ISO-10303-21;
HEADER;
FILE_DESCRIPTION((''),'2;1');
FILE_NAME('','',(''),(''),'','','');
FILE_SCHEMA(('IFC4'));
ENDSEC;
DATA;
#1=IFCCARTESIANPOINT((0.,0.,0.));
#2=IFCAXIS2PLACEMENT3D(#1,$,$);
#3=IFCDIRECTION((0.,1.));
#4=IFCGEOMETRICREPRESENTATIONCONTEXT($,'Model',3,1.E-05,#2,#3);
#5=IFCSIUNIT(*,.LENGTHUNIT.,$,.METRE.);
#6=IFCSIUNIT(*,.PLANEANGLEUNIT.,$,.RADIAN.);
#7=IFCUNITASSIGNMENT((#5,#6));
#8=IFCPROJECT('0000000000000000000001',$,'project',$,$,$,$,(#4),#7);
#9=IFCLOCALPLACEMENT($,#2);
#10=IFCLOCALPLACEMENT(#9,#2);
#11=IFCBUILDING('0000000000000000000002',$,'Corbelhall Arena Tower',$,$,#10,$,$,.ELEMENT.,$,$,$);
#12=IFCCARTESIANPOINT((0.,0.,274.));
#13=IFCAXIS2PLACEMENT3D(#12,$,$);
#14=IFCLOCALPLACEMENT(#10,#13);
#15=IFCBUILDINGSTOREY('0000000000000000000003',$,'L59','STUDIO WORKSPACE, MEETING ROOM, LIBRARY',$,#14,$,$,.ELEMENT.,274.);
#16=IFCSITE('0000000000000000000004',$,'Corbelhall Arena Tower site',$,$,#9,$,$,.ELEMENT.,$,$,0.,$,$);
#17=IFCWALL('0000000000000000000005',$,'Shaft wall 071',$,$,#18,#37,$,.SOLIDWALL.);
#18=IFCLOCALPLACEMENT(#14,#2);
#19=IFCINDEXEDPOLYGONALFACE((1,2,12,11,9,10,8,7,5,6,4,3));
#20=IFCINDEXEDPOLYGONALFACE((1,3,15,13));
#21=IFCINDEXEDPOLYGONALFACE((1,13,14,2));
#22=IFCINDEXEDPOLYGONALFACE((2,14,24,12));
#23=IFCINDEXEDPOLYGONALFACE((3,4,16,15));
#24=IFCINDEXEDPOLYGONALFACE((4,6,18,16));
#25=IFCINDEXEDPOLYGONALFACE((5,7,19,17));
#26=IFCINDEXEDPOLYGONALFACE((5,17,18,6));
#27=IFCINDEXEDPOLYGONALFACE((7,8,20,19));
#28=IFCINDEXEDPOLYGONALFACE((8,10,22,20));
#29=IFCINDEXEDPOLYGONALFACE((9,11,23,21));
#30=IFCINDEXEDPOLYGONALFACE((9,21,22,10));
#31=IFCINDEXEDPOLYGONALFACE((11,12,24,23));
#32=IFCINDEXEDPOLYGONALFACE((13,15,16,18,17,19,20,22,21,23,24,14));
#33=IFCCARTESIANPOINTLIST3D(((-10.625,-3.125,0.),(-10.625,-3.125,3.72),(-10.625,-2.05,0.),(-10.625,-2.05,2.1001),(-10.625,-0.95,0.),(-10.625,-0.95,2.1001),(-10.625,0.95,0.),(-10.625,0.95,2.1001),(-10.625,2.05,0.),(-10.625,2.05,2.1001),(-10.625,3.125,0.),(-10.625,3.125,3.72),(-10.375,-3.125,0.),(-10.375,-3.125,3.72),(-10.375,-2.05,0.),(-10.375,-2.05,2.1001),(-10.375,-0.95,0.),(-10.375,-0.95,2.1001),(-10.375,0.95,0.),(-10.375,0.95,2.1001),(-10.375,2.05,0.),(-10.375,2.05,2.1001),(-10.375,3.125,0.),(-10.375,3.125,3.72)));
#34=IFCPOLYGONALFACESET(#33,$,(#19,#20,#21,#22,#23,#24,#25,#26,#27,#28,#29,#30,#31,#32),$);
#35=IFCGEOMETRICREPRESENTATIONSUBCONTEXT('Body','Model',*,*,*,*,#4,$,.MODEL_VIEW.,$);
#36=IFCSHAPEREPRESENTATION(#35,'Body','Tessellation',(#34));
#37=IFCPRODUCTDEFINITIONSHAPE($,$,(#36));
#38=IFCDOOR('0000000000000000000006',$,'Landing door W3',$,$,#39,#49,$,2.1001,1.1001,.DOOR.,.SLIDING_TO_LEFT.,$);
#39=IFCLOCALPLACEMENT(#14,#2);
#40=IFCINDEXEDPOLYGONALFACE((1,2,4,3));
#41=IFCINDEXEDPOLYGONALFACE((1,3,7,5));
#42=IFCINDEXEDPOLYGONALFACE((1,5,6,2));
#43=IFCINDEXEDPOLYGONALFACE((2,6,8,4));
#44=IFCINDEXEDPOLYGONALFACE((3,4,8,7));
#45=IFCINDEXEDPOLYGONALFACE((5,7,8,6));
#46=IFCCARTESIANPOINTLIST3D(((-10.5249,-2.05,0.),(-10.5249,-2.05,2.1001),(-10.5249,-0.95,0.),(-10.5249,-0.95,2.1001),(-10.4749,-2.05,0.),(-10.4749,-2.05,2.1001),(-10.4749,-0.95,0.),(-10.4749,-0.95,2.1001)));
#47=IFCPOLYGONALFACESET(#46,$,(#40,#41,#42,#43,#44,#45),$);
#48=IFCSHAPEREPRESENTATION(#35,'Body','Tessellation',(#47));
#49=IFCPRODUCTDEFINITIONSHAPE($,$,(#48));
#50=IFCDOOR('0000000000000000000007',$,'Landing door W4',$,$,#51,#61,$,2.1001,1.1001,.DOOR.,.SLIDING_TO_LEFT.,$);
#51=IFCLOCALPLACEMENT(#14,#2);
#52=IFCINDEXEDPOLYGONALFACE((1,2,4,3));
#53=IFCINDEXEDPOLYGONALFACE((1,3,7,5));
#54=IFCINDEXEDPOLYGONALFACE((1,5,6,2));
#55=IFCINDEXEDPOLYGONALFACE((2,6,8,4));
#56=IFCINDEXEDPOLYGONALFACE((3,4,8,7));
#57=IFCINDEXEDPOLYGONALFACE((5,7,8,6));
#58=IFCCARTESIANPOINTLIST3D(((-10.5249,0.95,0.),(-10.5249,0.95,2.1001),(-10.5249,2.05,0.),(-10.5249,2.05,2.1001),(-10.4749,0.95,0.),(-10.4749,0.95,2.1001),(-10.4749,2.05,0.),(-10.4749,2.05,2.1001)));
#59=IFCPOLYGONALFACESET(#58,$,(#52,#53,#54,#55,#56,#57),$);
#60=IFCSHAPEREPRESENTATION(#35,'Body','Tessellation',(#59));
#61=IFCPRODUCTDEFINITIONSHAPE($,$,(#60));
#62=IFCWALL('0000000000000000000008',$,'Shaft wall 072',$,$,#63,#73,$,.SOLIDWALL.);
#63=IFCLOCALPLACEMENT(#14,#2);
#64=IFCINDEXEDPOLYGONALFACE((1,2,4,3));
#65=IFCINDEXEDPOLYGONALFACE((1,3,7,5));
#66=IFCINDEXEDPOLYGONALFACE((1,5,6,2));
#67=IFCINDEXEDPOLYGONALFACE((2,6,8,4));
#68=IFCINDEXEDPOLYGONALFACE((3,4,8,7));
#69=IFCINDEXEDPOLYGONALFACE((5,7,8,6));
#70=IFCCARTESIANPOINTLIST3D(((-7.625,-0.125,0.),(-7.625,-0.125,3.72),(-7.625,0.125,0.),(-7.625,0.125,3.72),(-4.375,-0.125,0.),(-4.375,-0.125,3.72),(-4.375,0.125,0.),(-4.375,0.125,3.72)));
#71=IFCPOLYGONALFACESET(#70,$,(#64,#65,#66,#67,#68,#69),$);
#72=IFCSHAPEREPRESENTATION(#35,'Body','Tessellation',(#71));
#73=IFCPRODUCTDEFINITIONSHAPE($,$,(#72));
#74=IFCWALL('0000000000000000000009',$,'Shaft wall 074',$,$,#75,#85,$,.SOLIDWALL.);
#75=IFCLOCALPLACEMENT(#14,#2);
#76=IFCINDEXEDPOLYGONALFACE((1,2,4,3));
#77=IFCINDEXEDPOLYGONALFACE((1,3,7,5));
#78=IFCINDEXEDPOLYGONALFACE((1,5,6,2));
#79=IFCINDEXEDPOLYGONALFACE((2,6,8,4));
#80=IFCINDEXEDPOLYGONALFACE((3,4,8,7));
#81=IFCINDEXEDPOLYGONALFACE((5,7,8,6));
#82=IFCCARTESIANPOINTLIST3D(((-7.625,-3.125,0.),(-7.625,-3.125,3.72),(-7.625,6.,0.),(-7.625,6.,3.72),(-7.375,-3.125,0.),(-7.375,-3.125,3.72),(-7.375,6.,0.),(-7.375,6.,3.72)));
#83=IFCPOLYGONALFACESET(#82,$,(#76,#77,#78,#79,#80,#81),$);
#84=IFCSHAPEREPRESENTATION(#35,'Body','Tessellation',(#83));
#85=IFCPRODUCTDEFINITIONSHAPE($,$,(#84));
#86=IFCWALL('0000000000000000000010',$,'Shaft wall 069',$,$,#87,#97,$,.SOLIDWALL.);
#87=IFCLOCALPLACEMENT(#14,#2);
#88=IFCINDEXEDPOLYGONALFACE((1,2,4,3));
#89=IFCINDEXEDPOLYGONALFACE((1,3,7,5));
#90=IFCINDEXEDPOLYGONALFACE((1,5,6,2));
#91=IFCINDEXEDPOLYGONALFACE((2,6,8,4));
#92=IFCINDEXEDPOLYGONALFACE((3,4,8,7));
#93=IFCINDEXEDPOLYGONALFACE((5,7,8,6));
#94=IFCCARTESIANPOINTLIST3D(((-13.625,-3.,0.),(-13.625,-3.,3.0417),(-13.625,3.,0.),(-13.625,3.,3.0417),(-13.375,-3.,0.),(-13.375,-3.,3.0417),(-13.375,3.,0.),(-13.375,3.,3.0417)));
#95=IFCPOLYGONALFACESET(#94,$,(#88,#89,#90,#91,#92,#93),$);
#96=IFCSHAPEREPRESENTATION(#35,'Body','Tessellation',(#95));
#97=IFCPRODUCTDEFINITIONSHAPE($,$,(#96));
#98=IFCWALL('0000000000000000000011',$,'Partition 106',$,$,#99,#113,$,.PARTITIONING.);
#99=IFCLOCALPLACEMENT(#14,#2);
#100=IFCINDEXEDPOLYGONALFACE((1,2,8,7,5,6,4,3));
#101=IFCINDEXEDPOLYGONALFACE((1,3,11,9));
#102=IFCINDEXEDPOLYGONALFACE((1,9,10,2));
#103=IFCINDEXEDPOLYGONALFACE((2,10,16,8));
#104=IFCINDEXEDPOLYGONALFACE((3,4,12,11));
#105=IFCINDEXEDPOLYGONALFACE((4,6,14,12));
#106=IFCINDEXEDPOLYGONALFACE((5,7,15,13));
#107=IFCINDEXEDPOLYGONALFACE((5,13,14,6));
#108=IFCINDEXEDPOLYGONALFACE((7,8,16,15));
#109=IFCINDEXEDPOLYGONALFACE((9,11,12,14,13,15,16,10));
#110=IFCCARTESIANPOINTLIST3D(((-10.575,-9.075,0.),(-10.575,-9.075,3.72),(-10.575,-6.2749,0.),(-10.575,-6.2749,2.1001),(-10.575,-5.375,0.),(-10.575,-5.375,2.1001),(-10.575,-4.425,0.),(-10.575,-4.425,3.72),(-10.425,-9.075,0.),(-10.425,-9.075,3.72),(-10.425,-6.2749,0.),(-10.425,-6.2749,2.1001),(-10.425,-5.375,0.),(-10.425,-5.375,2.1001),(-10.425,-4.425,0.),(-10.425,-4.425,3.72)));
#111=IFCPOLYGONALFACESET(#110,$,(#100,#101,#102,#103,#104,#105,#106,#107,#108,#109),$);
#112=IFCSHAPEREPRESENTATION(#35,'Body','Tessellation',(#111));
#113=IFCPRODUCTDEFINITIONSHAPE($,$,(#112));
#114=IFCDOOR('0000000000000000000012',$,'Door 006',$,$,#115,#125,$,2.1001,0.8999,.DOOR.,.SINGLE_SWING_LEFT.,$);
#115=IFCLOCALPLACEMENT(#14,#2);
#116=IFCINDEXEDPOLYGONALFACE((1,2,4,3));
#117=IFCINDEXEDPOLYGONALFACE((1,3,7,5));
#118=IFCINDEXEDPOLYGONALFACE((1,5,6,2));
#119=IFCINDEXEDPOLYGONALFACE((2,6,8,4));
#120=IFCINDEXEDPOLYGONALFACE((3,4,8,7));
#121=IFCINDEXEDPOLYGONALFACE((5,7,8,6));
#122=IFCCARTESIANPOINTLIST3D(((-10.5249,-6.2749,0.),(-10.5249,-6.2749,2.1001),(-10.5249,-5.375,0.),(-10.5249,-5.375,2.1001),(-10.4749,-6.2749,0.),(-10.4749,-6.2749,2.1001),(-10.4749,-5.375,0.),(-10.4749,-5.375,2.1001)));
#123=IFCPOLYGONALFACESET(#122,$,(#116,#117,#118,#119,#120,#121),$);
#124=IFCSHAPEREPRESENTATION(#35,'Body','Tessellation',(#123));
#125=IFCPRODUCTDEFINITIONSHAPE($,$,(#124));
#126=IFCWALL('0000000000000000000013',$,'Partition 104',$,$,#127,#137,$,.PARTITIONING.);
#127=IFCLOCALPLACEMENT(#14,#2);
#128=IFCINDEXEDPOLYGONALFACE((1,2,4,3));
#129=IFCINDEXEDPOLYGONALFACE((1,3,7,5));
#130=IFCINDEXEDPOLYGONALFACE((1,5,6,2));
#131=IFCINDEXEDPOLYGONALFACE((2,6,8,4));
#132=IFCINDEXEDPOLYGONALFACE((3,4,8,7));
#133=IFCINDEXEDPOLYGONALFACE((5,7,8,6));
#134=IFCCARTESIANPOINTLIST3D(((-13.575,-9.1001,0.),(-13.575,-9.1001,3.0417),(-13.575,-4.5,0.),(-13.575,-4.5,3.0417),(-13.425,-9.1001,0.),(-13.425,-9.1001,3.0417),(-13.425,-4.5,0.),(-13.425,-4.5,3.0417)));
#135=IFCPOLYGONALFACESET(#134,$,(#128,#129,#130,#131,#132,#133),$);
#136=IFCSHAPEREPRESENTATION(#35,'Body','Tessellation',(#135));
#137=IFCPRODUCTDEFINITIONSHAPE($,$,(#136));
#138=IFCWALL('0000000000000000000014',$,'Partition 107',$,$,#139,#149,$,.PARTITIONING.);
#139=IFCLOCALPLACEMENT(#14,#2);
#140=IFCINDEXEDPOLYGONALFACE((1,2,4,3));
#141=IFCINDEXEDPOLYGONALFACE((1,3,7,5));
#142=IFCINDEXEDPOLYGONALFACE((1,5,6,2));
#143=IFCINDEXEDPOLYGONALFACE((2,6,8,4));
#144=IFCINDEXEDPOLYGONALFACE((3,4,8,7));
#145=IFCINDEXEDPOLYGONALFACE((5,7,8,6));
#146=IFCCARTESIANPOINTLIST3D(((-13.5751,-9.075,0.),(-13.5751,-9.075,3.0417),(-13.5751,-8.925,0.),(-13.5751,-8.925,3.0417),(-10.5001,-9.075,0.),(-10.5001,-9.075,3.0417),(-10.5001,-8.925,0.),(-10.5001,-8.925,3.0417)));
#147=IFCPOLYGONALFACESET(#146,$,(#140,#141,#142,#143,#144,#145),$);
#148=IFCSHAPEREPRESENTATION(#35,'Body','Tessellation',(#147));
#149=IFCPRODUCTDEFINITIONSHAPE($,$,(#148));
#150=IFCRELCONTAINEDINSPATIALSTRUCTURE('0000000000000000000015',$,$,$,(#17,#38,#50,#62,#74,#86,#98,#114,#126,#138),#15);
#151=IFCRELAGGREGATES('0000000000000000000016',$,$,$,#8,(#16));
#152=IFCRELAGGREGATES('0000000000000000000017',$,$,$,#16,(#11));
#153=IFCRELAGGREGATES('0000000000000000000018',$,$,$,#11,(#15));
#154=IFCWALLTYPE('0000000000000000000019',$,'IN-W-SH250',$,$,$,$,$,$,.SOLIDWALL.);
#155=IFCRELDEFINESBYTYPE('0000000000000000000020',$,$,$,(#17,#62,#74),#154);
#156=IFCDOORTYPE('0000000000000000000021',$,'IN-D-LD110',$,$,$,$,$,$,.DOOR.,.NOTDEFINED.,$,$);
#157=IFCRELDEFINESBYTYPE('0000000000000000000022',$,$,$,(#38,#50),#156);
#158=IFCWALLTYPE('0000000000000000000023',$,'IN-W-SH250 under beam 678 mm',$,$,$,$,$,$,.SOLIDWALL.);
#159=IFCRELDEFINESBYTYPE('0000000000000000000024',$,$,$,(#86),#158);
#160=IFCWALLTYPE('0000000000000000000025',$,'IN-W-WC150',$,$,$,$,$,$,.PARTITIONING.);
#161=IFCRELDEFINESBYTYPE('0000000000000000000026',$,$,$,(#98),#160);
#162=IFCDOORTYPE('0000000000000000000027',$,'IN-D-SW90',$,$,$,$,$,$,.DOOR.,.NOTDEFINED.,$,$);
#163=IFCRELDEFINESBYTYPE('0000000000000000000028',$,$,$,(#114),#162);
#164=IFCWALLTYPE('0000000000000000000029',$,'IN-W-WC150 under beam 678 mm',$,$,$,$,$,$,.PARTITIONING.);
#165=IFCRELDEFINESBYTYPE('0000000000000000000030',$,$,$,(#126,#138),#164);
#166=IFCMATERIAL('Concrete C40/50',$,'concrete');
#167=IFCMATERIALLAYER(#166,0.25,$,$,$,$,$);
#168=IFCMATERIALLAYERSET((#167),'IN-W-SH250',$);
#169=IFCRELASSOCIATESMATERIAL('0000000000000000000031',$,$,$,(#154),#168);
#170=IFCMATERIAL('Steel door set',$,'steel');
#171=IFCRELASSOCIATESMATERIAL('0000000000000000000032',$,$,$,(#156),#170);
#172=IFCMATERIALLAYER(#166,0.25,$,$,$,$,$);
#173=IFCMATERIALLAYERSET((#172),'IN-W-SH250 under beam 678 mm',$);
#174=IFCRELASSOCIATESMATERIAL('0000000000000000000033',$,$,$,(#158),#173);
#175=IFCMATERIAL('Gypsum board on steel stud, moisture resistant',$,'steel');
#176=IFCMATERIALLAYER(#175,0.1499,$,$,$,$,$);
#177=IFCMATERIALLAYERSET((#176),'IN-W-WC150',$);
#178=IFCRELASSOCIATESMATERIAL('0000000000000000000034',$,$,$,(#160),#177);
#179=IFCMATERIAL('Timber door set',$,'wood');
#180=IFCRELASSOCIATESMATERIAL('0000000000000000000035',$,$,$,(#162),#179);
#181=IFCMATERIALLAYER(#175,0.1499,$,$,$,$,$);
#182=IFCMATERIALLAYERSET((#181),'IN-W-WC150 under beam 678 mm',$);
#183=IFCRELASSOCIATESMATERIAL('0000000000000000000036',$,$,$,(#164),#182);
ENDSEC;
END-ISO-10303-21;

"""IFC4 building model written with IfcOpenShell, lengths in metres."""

from ifc_helpers import new_model, si_unit, direction, frame, frame_2d, origin, place, context, subcontext, project, spatial, rectangle, extrude, material, layer, layer_set, type_object, element, fill, save


model = new_model("IFC4")

# Units and contexts
model_context = context("Model", 3, precision=1e-05, world=origin(), true_north=direction((0.0, 1.0)))
body_context = subcontext(model_context, "Body", "Model", "MODEL_VIEW")
ifc_project = project(units=[si_unit("LENGTHUNIT", "METRE"), si_unit("PLANEANGLEUNIT", "RADIAN")], contexts=[model_context])

# Site, building, storey
site_placement = place(None, origin())
site = spatial("IfcSite", under=ifc_project, at=site_placement, Name="Corbelhall Arena Tower site", CompositionType="ELEMENT", RefElevation=0.0)
building_placement = place(site_placement, origin())
building = spatial("IfcBuilding", under=site, at=building_placement, Name="Corbelhall Arena Tower", CompositionType="ELEMENT")
storey_placement = place(building_placement, frame((0.0, 0.0, 274.0)))
storey = spatial("IfcBuildingStorey", under=building, at=storey_placement, Name="L59", Description="STUDIO WORKSPACE, MEETING ROOM, LIBRARY", CompositionType="ELEMENT", Elevation=274.0)

# Shared definitions
ifc_material_1 = material(Name="Steel door set", Category="steel")

# Wall, openings, doors
ifc_material_2 = material(Name="Concrete C40/50", Category="concrete")
ifc_layer_1 = layer(ifc_material_2, 0.25)
ifc_layer_set_1 = layer_set([ifc_layer_1], Name="IN-W-SH250")
wall_type_1 = type_object("IfcWallType", Name="IN-W-SH250", PredefinedType="SOLIDWALL", material=ifc_layer_set_1)
wall_1_placement = place(storey_placement, frame((-10.5, -3.125, 0.0), z_axis=(0.0, 0.0, 1.0), x_axis=(0.0, 1.0, 0.0)))
wall_1 = element("IfcWall", 1, at=wall_1_placement, inside=storey, type_object=wall_type_1, Name="Shaft wall 071", PredefinedType="SOLIDWALL", context=body_context, shape_type="SweptSolid", body=[
    extrude(rectangle(XDim=6.25, YDim=0.25, at=frame_2d((3.125, 0.0))), origin(), (0.0, 0.0, 1.0), 3.72),
])
opening_1_placement = place(wall_1_placement, frame((1.075, 0.0, 0.0)))
opening_1 = element("IfcOpeningElement", 2, at=opening_1_placement, cuts=wall_1, PredefinedType="OPENING", context=body_context, shape_type="SweptSolid", body=[
    extrude(rectangle(XDim=1.1001, YDim=2.1001, at=frame_2d((0.55, 1.05))), frame((0.0, 0.125, 0.0), z_axis=(0.0, -1.0, 0.0), x_axis=(1.0, 0.0, 0.0)), (0.0, 0.0, 1.0), 0.25),
])
opening_2_placement = place(wall_1_placement, frame((4.075, 0.0, 0.0)))
opening_2 = element("IfcOpeningElement", 3, at=opening_2_placement, cuts=wall_1, PredefinedType="OPENING", context=body_context, shape_type="SweptSolid", body=[
    extrude(rectangle(XDim=1.1001, YDim=2.1001, at=frame_2d((0.55, 1.05))), frame((0.0, 0.125, 0.0), z_axis=(0.0, -1.0, 0.0), x_axis=(1.0, 0.0, 0.0)), (0.0, 0.0, 1.0), 0.25),
])
door_type_1 = type_object("IfcDoorType", Name="IN-D-LD110", OperationType="NOTDEFINED", PredefinedType="DOOR", material=ifc_material_1)
door_1_placement = place(opening_1_placement, origin())
door_1 = element("IfcDoor", 4, at=door_1_placement, inside=storey, type_object=door_type_1, Name="Landing door W3", OperationType="SLIDING_TO_LEFT", OverallHeight=2.1001, OverallWidth=1.1001, PredefinedType="DOOR", context=body_context, shape_type="SweptSolid", body=[
    extrude(rectangle(XDim=1.1001, YDim=2.1001, at=frame_2d((0.55, 1.05))), frame((0.0, 0.0249, 0.0), z_axis=(0.0, -1.0, 0.0), x_axis=(1.0, 0.0, 0.0)), (0.0, 0.0, 1.0), 0.05),
])
fill(opening_1, door_1)
door_2_placement = place(opening_2_placement, origin())
door_2 = element("IfcDoor", 5, at=door_2_placement, inside=storey, type_object=door_type_1, Name="Landing door W4", OperationType="SLIDING_TO_LEFT", OverallHeight=2.1001, OverallWidth=1.1001, PredefinedType="DOOR", context=body_context, shape_type="SweptSolid", body=[
    extrude(rectangle(XDim=1.1001, YDim=2.1001, at=frame_2d((0.55, 1.05))), frame((0.0, 0.0249, 0.0), z_axis=(0.0, -1.0, 0.0), x_axis=(1.0, 0.0, 0.0)), (0.0, 0.0, 1.0), 0.05),
])
fill(opening_2, door_2)

# Walls
wall_2_placement = place(storey_placement, frame((-7.625, 0.0, 0.0), z_axis=(0.0, 0.0, 1.0), x_axis=(1.0, 0.0, 0.0)))
element("IfcWall", 6, at=wall_2_placement, inside=storey, type_object=wall_type_1, Name="Shaft wall 072", PredefinedType="SOLIDWALL", context=body_context, shape_type="SweptSolid", body=[
    extrude(rectangle(XDim=3.25, YDim=0.25, at=frame_2d((1.625, 0.0))), origin(), (0.0, 0.0, 1.0), 3.72),
])
wall_3_placement = place(storey_placement, frame((-7.5, -3.125, 0.0), z_axis=(0.0, 0.0, 1.0), x_axis=(0.0, 1.0, 0.0)))
element("IfcWall", 7, at=wall_3_placement, inside=storey, type_object=wall_type_1, Name="Shaft wall 074", PredefinedType="SOLIDWALL", context=body_context, shape_type="SweptSolid", body=[
    extrude(rectangle(XDim=9.125, YDim=0.25, at=frame_2d((4.5625, 0.0))), origin(), (0.0, 0.0, 1.0), 3.72),
])
ifc_layer_2 = layer(ifc_material_2, 0.25)
ifc_layer_set_2 = layer_set([ifc_layer_2], Name="IN-W-SH250 under beam 678 mm")
wall_type_2 = type_object("IfcWallType", Name="IN-W-SH250 under beam 678 mm", PredefinedType="SOLIDWALL", material=ifc_layer_set_2)
wall_4_placement = place(storey_placement, frame((-13.5, -3.0, 0.0), z_axis=(0.0, 0.0, 1.0), x_axis=(0.0, 1.0, 0.0)))
element("IfcWall", 8, at=wall_4_placement, inside=storey, type_object=wall_type_2, Name="Shaft wall 069", PredefinedType="SOLIDWALL", context=body_context, shape_type="SweptSolid", body=[
    extrude(rectangle(XDim=6.0, YDim=0.25, at=frame_2d((3.0, 0.0))), origin(), (0.0, 0.0, 1.0), 3.0417),
])

# Wall, opening, door
ifc_material_3 = material(Name="Gypsum board on steel stud, moisture resistant", Category="steel")
ifc_layer_3 = layer(ifc_material_3, 0.1499)
ifc_layer_set_3 = layer_set([ifc_layer_3], Name="IN-W-WC150")
wall_type_3 = type_object("IfcWallType", Name="IN-W-WC150", PredefinedType="PARTITIONING", material=ifc_layer_set_3)
wall_5_placement = place(storey_placement, frame((-10.5, -9.075, 0.0), z_axis=(0.0, 0.0, 1.0), x_axis=(0.0, 1.0, 0.0)))
wall_5 = element("IfcWall", 9, at=wall_5_placement, inside=storey, type_object=wall_type_3, Name="Partition 106", PredefinedType="PARTITIONING", context=body_context, shape_type="SweptSolid", body=[
    extrude(rectangle(XDim=4.6499, YDim=0.1499, at=frame_2d((2.325, 0.0))), origin(), (0.0, 0.0, 1.0), 3.72),
])
opening_3_placement = place(wall_5_placement, frame((2.8, 0.0, 0.0)))
opening_3 = element("IfcOpeningElement", 10, at=opening_3_placement, cuts=wall_5, PredefinedType="OPENING", context=body_context, shape_type="SweptSolid", body=[
    extrude(rectangle(XDim=0.8999, YDim=2.1001, at=frame_2d((0.45, 1.05))), frame((0.0, 0.075, 0.0), z_axis=(0.0, -1.0, 0.0), x_axis=(1.0, 0.0, 0.0)), (0.0, 0.0, 1.0), 0.1499),
])
ifc_material_4 = material(Name="Timber door set", Category="wood")
door_type_2 = type_object("IfcDoorType", Name="IN-D-SW90", OperationType="NOTDEFINED", PredefinedType="DOOR", material=ifc_material_4)
door_3_placement = place(opening_3_placement, origin())
door_3 = element("IfcDoor", 11, at=door_3_placement, inside=storey, type_object=door_type_2, Name="Door 006", OperationType="SINGLE_SWING_LEFT", OverallHeight=2.1001, OverallWidth=0.8999, PredefinedType="DOOR", context=body_context, shape_type="SweptSolid", body=[
    extrude(rectangle(XDim=0.8999, YDim=2.1001, at=frame_2d((0.45, 1.05))), frame((0.0, 0.0249, 0.0), z_axis=(0.0, -1.0, 0.0), x_axis=(1.0, 0.0, 0.0)), (0.0, 0.0, 1.0), 0.05),
])
fill(opening_3, door_3)

# Walls
ifc_layer_4 = layer(ifc_material_3, 0.1499)
ifc_layer_set_4 = layer_set([ifc_layer_4], Name="IN-W-WC150 under beam 678 mm")
wall_type_4 = type_object("IfcWallType", Name="IN-W-WC150 under beam 678 mm", PredefinedType="PARTITIONING", material=ifc_layer_set_4)
wall_6_placement = place(storey_placement, frame((-13.5, -9.1001, 0.0), z_axis=(0.0, 0.0, 1.0), x_axis=(0.0, 1.0, 0.0)))
element("IfcWall", 12, at=wall_6_placement, inside=storey, type_object=wall_type_4, Name="Partition 104", PredefinedType="PARTITIONING", context=body_context, shape_type="SweptSolid", body=[
    extrude(rectangle(XDim=4.6001, YDim=0.1499, at=frame_2d((2.3, 0.0))), origin(), (0.0, 0.0, 1.0), 3.0417),
])
wall_7_placement = place(storey_placement, frame((-10.5, -9.0, 0.0), z_axis=(0.0, 0.0, 1.0), x_axis=(-1.0, 0.0, 0.0)))
element("IfcWall", 13, at=wall_7_placement, inside=storey, type_object=wall_type_4, Name="Partition 107", PredefinedType="PARTITIONING", context=body_context, shape_type="SweptSolid", body=[
    extrude(rectangle(XDim=3.075, YDim=0.1499, at=frame_2d((1.5376, 0.0))), origin(), (0.0, 0.0, 1.0), 3.0417),
])

save(model, "model.ifc")
